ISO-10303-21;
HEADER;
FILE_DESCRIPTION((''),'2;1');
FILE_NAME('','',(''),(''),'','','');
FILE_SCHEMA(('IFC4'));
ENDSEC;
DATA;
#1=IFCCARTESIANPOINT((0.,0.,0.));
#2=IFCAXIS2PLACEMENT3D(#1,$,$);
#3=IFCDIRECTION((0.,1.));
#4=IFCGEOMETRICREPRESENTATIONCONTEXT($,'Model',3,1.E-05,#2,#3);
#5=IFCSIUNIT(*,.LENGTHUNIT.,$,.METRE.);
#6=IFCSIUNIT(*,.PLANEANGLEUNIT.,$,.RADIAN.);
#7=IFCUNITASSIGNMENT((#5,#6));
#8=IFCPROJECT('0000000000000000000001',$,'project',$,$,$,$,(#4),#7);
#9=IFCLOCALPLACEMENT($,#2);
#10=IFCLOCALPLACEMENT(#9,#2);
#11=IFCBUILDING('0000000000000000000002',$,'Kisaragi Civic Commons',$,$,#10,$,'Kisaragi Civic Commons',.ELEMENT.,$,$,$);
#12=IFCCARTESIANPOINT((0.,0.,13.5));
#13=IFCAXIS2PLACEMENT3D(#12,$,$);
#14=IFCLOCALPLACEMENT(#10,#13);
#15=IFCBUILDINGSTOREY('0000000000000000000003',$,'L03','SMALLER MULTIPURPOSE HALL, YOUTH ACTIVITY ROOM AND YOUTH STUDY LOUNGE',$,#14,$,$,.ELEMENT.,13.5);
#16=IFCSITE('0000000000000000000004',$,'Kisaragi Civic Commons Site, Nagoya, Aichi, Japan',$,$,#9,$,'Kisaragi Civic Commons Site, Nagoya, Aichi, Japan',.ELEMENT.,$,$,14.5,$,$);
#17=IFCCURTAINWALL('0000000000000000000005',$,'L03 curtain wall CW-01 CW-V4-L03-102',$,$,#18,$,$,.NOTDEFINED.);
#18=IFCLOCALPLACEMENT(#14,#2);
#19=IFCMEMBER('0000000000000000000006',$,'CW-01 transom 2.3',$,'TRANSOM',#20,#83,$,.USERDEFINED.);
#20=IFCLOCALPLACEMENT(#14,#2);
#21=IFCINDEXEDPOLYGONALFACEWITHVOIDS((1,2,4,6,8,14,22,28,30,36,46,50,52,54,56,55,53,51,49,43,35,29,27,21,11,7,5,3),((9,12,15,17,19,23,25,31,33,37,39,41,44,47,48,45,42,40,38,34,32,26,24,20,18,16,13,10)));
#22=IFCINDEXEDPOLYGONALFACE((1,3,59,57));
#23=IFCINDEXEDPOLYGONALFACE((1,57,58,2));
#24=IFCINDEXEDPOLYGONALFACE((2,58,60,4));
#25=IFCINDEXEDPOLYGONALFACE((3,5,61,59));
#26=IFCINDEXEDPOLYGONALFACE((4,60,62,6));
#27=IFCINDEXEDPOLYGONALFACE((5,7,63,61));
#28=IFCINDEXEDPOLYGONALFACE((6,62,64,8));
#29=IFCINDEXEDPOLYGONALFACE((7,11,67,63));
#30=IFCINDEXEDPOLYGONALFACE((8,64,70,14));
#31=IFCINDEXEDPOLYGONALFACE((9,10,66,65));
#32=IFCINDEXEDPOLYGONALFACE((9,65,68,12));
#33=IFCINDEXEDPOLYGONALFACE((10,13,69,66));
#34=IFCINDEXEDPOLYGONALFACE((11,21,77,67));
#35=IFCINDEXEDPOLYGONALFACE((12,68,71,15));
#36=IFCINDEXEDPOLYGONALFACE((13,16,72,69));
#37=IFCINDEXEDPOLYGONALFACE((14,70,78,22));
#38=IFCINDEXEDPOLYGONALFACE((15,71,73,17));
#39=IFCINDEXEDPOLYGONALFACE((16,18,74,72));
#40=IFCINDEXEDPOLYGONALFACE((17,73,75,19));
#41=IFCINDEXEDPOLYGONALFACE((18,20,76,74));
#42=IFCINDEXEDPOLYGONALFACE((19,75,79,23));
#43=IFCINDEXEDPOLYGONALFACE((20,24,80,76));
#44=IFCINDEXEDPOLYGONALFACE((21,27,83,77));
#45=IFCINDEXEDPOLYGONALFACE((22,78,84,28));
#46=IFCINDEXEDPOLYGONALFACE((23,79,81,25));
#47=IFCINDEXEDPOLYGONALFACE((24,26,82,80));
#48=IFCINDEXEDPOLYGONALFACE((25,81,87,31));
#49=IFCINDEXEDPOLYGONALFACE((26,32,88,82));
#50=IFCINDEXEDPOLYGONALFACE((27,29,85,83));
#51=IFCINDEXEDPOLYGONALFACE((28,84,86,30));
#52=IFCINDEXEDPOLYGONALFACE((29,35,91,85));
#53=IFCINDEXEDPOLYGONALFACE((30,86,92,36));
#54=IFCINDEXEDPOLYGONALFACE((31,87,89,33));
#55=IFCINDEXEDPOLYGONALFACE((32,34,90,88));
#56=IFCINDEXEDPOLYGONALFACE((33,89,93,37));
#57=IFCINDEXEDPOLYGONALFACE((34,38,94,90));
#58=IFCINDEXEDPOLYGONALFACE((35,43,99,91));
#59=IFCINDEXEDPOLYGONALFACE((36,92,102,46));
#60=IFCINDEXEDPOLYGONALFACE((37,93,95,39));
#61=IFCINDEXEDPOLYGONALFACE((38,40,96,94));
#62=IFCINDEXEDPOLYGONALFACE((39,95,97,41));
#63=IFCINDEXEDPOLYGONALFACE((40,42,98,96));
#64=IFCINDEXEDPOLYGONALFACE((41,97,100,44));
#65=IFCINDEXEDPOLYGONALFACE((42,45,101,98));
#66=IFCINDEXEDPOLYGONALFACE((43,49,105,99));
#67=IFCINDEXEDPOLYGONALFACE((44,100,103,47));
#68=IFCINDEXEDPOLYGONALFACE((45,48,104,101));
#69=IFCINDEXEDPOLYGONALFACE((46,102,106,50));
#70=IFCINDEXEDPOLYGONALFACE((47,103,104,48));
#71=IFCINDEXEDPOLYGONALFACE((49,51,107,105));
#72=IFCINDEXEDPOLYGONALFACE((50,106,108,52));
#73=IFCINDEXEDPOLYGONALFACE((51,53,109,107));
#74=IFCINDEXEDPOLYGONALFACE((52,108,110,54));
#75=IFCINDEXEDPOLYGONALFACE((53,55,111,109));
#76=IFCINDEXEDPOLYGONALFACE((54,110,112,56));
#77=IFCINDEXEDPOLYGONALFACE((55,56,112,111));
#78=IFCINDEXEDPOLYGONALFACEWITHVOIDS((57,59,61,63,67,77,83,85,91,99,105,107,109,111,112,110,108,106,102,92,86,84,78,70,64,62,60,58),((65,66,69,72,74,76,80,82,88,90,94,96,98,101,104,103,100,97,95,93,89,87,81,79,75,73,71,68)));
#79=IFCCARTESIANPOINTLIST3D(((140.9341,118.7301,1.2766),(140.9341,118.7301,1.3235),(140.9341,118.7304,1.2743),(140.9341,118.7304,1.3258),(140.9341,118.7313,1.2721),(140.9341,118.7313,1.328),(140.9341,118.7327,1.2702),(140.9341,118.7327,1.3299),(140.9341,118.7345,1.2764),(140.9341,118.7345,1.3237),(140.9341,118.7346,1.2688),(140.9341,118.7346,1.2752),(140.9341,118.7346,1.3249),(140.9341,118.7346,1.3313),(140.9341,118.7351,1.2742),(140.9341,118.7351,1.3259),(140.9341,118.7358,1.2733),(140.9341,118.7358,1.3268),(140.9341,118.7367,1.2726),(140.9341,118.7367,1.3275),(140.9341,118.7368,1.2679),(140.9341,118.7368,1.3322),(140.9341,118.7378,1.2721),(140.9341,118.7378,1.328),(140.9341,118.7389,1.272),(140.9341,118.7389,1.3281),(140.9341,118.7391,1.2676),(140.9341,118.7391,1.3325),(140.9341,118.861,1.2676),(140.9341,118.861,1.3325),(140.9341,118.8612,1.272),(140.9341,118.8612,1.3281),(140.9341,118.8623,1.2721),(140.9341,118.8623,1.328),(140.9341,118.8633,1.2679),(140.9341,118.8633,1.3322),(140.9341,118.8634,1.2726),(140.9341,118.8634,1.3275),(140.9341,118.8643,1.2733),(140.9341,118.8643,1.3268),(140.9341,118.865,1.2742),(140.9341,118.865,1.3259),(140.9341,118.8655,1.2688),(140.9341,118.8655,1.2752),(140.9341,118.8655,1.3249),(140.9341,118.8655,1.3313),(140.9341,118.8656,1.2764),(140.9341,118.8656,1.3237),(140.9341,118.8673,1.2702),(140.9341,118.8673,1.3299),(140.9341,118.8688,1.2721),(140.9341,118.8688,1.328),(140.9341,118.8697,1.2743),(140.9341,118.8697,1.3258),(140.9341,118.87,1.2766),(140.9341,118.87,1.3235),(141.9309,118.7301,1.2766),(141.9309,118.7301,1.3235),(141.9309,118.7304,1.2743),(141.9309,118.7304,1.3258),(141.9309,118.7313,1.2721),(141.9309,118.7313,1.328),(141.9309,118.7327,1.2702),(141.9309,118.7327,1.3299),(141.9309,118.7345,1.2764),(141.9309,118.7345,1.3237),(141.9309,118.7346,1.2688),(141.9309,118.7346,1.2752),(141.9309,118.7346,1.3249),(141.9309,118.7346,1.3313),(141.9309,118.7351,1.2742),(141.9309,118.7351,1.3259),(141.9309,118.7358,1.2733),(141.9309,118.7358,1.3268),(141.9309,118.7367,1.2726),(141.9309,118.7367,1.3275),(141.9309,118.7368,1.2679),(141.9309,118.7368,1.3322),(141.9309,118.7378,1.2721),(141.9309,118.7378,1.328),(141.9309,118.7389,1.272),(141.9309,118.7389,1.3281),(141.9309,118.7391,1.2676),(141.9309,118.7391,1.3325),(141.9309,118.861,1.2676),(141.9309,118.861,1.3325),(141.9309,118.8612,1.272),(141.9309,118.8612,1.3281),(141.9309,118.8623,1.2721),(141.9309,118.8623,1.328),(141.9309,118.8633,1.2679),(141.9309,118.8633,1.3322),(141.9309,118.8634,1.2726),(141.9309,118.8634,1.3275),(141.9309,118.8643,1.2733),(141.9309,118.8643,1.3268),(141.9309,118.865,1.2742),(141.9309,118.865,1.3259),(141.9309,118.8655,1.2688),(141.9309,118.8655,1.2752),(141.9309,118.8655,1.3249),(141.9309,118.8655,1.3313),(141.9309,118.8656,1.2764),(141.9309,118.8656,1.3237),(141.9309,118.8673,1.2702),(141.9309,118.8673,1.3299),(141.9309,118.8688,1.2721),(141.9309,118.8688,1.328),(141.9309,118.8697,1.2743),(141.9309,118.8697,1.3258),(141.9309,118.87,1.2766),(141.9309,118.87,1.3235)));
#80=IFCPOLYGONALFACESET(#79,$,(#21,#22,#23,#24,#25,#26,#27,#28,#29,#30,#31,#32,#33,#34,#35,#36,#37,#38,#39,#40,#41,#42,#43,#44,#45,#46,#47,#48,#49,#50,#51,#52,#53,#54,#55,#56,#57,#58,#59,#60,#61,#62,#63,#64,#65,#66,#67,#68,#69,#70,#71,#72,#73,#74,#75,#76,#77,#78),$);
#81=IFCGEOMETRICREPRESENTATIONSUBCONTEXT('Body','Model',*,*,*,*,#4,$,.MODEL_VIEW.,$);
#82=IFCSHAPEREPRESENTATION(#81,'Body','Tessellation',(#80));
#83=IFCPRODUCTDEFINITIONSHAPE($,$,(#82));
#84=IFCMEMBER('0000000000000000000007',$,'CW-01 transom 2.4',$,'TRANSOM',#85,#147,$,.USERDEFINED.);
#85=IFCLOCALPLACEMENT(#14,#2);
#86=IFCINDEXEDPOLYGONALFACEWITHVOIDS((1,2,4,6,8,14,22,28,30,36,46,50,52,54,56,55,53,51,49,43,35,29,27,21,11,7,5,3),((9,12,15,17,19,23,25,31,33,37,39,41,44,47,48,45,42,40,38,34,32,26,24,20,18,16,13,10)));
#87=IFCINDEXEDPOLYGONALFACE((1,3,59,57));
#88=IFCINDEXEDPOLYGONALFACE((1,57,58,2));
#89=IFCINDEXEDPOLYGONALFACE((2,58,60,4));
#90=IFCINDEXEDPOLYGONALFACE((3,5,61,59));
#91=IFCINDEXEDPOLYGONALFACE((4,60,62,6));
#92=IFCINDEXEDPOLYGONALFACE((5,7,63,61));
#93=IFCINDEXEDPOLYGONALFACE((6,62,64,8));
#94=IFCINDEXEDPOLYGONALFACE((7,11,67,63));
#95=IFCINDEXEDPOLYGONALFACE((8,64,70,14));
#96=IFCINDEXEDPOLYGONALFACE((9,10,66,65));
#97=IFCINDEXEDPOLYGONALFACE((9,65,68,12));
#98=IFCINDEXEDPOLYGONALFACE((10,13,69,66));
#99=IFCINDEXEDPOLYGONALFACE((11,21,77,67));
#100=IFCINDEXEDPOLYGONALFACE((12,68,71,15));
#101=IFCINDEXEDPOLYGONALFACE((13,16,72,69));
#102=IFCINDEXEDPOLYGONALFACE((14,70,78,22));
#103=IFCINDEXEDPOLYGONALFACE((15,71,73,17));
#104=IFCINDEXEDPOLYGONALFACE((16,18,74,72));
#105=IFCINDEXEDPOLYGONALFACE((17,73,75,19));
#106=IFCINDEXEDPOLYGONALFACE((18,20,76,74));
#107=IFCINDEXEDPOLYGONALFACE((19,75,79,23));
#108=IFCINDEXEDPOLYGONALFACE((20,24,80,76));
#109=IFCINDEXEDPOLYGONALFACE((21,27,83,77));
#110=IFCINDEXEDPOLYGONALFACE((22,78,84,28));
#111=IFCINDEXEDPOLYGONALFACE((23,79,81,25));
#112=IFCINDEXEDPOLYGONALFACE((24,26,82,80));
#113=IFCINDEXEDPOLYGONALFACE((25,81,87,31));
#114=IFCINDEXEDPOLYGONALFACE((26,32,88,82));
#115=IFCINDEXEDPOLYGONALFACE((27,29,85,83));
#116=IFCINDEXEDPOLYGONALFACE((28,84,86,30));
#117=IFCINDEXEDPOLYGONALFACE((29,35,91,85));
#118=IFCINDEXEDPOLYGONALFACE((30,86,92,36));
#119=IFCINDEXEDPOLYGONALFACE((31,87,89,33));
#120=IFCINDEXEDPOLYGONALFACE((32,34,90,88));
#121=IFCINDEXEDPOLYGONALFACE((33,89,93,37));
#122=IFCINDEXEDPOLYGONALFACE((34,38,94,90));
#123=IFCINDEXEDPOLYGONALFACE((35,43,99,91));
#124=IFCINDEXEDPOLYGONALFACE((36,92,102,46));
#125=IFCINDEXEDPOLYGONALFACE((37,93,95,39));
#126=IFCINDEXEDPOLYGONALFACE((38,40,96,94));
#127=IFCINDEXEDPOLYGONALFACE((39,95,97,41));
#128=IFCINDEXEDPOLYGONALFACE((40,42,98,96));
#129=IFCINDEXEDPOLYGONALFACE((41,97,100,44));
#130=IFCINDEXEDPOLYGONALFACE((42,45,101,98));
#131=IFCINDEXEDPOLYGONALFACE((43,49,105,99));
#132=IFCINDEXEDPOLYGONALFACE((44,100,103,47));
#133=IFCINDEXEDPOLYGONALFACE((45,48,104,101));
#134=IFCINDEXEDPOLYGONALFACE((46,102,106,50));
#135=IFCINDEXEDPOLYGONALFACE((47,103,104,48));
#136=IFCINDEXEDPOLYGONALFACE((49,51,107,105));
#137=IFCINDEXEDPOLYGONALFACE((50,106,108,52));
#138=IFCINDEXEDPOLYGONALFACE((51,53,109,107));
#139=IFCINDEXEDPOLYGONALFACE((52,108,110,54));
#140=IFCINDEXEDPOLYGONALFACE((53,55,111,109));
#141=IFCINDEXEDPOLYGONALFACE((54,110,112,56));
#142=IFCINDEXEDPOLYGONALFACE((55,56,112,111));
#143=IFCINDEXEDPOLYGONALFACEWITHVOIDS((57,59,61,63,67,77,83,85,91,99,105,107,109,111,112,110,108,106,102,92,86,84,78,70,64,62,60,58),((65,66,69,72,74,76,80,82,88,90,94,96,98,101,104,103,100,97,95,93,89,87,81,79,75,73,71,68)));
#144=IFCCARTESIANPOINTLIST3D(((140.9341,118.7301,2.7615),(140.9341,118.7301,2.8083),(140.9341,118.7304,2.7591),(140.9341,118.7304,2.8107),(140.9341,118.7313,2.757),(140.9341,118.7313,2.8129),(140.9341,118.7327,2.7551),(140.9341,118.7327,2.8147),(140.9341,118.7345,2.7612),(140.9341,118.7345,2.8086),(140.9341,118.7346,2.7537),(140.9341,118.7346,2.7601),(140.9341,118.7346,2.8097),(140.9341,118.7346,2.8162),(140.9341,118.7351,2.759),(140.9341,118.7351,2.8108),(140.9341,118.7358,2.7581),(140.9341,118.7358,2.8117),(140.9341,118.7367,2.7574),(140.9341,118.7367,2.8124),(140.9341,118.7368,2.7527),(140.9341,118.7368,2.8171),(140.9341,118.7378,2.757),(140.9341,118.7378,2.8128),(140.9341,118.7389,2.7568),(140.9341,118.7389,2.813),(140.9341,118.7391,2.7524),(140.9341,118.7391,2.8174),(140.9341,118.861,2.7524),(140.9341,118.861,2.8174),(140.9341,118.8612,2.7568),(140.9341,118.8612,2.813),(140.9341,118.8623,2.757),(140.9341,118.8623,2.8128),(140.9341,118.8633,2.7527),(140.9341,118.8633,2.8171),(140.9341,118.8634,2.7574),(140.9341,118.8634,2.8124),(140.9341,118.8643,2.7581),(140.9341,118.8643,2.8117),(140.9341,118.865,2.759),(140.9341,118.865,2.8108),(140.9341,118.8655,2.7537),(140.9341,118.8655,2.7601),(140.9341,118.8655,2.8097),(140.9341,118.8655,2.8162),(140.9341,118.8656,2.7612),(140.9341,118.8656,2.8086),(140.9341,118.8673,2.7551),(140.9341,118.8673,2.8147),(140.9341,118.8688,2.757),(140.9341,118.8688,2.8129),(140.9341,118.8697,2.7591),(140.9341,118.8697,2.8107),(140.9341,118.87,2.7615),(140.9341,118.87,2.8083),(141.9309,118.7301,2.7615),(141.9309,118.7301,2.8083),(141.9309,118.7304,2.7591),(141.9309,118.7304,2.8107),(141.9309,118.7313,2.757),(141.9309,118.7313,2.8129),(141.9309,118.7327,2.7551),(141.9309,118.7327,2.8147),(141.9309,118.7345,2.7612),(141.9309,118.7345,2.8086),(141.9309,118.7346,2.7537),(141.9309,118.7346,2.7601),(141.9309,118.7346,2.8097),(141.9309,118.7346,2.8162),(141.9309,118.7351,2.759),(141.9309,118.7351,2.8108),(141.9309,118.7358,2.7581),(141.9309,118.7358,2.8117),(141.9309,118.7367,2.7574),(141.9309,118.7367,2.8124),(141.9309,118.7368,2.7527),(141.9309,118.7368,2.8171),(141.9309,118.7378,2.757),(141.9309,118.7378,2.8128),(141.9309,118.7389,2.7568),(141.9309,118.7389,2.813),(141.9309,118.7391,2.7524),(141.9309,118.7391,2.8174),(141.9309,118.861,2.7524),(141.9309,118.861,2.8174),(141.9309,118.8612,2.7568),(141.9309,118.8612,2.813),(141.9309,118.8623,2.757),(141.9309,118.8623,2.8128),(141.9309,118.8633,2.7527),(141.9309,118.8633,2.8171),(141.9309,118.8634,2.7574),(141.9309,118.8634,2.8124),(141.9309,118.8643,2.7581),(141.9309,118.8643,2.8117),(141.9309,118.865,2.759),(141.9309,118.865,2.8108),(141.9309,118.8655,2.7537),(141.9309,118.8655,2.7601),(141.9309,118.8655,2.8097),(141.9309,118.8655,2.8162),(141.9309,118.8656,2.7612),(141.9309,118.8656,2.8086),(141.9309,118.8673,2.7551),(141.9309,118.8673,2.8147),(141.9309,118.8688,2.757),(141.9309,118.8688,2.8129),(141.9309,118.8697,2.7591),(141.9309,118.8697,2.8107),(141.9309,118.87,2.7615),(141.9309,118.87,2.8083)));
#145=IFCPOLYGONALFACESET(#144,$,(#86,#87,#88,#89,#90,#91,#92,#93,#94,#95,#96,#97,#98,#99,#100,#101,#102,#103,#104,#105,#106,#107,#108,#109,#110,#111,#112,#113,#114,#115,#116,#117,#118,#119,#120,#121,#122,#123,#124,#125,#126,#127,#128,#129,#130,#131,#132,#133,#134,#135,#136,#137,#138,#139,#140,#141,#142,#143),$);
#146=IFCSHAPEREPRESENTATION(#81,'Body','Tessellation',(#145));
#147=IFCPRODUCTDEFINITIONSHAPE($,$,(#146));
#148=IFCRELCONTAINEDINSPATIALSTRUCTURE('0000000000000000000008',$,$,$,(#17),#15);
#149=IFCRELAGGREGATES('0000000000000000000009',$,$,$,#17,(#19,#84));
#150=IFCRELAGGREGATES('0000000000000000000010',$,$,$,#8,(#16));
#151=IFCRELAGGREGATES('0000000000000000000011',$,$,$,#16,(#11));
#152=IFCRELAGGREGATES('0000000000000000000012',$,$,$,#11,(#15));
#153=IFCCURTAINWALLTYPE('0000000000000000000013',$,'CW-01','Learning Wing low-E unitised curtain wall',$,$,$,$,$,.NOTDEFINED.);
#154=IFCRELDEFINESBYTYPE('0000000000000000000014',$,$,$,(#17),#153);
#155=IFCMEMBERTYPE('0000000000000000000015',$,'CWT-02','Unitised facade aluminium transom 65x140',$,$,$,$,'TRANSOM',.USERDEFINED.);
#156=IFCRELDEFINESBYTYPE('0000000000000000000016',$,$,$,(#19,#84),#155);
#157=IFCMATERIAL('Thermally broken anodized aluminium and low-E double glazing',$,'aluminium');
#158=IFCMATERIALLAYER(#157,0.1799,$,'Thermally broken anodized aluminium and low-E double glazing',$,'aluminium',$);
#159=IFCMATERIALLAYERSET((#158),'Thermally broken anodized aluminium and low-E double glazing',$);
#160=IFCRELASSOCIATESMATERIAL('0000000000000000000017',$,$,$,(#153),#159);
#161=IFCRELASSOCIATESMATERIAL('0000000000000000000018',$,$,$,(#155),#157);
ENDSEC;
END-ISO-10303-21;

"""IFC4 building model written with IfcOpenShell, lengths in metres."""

from ifc_helpers import new_model, si_unit, direction, frame, origin, origin_2d, place, context, subcontext, project, spatial, hollow_rectangle, extrude, material, layer, layer_set, material_profile, profile_set, type_object, element, aggregate, save


model = new_model("IFC4")

# Units and contexts
model_context = context("Model", 3, precision=1e-05, world=origin(), true_north=direction((0.0, 1.0)))
body_context = subcontext(model_context, "Body", "Model", "MODEL_VIEW")
ifc_project = project(units=[si_unit("LENGTHUNIT", "METRE"), si_unit("PLANEANGLEUNIT", "RADIAN")], contexts=[model_context])

# Site, building, storey
site_placement = place(None, origin())
site = spatial("IfcSite", under=ifc_project, at=site_placement, Name="Kisaragi Civic Commons Site, Nagoya, Aichi, Japan", LongName="Kisaragi Civic Commons Site, Nagoya, Aichi, Japan", CompositionType="ELEMENT", RefElevation=14.5)
building_placement = place(site_placement, origin())
building = spatial("IfcBuilding", under=site, at=building_placement, Name="Kisaragi Civic Commons", LongName="Kisaragi Civic Commons", CompositionType="ELEMENT")
storey_placement = place(building_placement, frame((0.0, 0.0, 13.5)))
storey = spatial("IfcBuildingStorey", under=building, at=storey_placement, Name="L03", Description="SMALLER MULTIPURPOSE HALL, YOUTH ACTIVITY ROOM AND YOUTH STUDY LOUNGE", CompositionType="ELEMENT", Elevation=13.5)

# Shared definitions
ifc_material = material(Name="Thermally broken anodized aluminium and low-E double glazing", Category="aluminium")
ifc_layer_1 = layer(ifc_material, 0.1799, Name="Thermally broken anodized aluminium and low-E double glazing", Category="aluminium")
ifc_layer_set_1 = layer_set([ifc_layer_1], Name="Thermally broken anodized aluminium and low-E double glazing")
curtain_wall_type = type_object("IfcCurtainWallType", Name="CW-01", Description="Learning Wing low-E unitised curtain wall", PredefinedType="NOTDEFINED", material=ifc_layer_set_1)

# Curtain wall, members
curtain_wall_1_placement = place(storey_placement, origin())
curtain_wall_1 = element("IfcCurtainWall", 1, at=curtain_wall_1_placement, inside=storey, type_object=curtain_wall_type, Name="L03 curtain wall CW-01 CW-V4-L03-102", PredefinedType="NOTDEFINED")
ifc_material_profile_1 = material_profile(ifc_material, hollow_rectangle(XDim=0.1399, YDim=0.0649, WallThickness=0.0044, InnerFilletRadius=0.0044, OuterFilletRadius=0.009, at=origin_2d()), Name="CWT-65x140x4.5", Category="aluminium")
ifc_profile_set_1 = profile_set([ifc_material_profile_1], Name="Thermally broken anodized aluminium and low-E double glazing")
member_type_1 = type_object("IfcMemberType", Name="CWT-02", Description="Unitised facade aluminium transom 65x140", ElementType="TRANSOM", PredefinedType="USERDEFINED", material=ifc_profile_set_1)
member_1_placement = place(storey_placement, frame((140.9341, 118.8, 1.3), z_axis=(1.0, 0.0, 0.0), x_axis=(0.0, 1.0, 0.0)))
member_1 = element("IfcMember", 2, at=member_1_placement, type_object=member_type_1, Name="CW-01 transom 2.3", ObjectType="TRANSOM", PredefinedType="USERDEFINED", context=body_context, shape_type="SweptSolid", body=[
    extrude(hollow_rectangle(XDim=0.1399, YDim=0.0649, WallThickness=0.0044, InnerFilletRadius=0.0044, OuterFilletRadius=0.009, at=origin_2d()), origin(), (0.0, 0.0, 1.0), 0.9968),
])
member_2_placement = place(storey_placement, frame((140.9341, 118.8, 2.7849), z_axis=(1.0, 0.0, 0.0), x_axis=(0.0, 1.0, 0.0)))
member_2 = element("IfcMember", 3, at=member_2_placement, type_object=member_type_1, Name="CW-01 transom 2.4", ObjectType="TRANSOM", PredefinedType="USERDEFINED", context=body_context, shape_type="SweptSolid", body=[
    extrude(hollow_rectangle(XDim=0.1399, YDim=0.0649, WallThickness=0.0044, InnerFilletRadius=0.0044, OuterFilletRadius=0.009, at=origin_2d()), origin(), (0.0, 0.0, 1.0), 0.9968),
])

aggregate(curtain_wall_1, [member_1, member_2])

save(model, "model.ifc")
